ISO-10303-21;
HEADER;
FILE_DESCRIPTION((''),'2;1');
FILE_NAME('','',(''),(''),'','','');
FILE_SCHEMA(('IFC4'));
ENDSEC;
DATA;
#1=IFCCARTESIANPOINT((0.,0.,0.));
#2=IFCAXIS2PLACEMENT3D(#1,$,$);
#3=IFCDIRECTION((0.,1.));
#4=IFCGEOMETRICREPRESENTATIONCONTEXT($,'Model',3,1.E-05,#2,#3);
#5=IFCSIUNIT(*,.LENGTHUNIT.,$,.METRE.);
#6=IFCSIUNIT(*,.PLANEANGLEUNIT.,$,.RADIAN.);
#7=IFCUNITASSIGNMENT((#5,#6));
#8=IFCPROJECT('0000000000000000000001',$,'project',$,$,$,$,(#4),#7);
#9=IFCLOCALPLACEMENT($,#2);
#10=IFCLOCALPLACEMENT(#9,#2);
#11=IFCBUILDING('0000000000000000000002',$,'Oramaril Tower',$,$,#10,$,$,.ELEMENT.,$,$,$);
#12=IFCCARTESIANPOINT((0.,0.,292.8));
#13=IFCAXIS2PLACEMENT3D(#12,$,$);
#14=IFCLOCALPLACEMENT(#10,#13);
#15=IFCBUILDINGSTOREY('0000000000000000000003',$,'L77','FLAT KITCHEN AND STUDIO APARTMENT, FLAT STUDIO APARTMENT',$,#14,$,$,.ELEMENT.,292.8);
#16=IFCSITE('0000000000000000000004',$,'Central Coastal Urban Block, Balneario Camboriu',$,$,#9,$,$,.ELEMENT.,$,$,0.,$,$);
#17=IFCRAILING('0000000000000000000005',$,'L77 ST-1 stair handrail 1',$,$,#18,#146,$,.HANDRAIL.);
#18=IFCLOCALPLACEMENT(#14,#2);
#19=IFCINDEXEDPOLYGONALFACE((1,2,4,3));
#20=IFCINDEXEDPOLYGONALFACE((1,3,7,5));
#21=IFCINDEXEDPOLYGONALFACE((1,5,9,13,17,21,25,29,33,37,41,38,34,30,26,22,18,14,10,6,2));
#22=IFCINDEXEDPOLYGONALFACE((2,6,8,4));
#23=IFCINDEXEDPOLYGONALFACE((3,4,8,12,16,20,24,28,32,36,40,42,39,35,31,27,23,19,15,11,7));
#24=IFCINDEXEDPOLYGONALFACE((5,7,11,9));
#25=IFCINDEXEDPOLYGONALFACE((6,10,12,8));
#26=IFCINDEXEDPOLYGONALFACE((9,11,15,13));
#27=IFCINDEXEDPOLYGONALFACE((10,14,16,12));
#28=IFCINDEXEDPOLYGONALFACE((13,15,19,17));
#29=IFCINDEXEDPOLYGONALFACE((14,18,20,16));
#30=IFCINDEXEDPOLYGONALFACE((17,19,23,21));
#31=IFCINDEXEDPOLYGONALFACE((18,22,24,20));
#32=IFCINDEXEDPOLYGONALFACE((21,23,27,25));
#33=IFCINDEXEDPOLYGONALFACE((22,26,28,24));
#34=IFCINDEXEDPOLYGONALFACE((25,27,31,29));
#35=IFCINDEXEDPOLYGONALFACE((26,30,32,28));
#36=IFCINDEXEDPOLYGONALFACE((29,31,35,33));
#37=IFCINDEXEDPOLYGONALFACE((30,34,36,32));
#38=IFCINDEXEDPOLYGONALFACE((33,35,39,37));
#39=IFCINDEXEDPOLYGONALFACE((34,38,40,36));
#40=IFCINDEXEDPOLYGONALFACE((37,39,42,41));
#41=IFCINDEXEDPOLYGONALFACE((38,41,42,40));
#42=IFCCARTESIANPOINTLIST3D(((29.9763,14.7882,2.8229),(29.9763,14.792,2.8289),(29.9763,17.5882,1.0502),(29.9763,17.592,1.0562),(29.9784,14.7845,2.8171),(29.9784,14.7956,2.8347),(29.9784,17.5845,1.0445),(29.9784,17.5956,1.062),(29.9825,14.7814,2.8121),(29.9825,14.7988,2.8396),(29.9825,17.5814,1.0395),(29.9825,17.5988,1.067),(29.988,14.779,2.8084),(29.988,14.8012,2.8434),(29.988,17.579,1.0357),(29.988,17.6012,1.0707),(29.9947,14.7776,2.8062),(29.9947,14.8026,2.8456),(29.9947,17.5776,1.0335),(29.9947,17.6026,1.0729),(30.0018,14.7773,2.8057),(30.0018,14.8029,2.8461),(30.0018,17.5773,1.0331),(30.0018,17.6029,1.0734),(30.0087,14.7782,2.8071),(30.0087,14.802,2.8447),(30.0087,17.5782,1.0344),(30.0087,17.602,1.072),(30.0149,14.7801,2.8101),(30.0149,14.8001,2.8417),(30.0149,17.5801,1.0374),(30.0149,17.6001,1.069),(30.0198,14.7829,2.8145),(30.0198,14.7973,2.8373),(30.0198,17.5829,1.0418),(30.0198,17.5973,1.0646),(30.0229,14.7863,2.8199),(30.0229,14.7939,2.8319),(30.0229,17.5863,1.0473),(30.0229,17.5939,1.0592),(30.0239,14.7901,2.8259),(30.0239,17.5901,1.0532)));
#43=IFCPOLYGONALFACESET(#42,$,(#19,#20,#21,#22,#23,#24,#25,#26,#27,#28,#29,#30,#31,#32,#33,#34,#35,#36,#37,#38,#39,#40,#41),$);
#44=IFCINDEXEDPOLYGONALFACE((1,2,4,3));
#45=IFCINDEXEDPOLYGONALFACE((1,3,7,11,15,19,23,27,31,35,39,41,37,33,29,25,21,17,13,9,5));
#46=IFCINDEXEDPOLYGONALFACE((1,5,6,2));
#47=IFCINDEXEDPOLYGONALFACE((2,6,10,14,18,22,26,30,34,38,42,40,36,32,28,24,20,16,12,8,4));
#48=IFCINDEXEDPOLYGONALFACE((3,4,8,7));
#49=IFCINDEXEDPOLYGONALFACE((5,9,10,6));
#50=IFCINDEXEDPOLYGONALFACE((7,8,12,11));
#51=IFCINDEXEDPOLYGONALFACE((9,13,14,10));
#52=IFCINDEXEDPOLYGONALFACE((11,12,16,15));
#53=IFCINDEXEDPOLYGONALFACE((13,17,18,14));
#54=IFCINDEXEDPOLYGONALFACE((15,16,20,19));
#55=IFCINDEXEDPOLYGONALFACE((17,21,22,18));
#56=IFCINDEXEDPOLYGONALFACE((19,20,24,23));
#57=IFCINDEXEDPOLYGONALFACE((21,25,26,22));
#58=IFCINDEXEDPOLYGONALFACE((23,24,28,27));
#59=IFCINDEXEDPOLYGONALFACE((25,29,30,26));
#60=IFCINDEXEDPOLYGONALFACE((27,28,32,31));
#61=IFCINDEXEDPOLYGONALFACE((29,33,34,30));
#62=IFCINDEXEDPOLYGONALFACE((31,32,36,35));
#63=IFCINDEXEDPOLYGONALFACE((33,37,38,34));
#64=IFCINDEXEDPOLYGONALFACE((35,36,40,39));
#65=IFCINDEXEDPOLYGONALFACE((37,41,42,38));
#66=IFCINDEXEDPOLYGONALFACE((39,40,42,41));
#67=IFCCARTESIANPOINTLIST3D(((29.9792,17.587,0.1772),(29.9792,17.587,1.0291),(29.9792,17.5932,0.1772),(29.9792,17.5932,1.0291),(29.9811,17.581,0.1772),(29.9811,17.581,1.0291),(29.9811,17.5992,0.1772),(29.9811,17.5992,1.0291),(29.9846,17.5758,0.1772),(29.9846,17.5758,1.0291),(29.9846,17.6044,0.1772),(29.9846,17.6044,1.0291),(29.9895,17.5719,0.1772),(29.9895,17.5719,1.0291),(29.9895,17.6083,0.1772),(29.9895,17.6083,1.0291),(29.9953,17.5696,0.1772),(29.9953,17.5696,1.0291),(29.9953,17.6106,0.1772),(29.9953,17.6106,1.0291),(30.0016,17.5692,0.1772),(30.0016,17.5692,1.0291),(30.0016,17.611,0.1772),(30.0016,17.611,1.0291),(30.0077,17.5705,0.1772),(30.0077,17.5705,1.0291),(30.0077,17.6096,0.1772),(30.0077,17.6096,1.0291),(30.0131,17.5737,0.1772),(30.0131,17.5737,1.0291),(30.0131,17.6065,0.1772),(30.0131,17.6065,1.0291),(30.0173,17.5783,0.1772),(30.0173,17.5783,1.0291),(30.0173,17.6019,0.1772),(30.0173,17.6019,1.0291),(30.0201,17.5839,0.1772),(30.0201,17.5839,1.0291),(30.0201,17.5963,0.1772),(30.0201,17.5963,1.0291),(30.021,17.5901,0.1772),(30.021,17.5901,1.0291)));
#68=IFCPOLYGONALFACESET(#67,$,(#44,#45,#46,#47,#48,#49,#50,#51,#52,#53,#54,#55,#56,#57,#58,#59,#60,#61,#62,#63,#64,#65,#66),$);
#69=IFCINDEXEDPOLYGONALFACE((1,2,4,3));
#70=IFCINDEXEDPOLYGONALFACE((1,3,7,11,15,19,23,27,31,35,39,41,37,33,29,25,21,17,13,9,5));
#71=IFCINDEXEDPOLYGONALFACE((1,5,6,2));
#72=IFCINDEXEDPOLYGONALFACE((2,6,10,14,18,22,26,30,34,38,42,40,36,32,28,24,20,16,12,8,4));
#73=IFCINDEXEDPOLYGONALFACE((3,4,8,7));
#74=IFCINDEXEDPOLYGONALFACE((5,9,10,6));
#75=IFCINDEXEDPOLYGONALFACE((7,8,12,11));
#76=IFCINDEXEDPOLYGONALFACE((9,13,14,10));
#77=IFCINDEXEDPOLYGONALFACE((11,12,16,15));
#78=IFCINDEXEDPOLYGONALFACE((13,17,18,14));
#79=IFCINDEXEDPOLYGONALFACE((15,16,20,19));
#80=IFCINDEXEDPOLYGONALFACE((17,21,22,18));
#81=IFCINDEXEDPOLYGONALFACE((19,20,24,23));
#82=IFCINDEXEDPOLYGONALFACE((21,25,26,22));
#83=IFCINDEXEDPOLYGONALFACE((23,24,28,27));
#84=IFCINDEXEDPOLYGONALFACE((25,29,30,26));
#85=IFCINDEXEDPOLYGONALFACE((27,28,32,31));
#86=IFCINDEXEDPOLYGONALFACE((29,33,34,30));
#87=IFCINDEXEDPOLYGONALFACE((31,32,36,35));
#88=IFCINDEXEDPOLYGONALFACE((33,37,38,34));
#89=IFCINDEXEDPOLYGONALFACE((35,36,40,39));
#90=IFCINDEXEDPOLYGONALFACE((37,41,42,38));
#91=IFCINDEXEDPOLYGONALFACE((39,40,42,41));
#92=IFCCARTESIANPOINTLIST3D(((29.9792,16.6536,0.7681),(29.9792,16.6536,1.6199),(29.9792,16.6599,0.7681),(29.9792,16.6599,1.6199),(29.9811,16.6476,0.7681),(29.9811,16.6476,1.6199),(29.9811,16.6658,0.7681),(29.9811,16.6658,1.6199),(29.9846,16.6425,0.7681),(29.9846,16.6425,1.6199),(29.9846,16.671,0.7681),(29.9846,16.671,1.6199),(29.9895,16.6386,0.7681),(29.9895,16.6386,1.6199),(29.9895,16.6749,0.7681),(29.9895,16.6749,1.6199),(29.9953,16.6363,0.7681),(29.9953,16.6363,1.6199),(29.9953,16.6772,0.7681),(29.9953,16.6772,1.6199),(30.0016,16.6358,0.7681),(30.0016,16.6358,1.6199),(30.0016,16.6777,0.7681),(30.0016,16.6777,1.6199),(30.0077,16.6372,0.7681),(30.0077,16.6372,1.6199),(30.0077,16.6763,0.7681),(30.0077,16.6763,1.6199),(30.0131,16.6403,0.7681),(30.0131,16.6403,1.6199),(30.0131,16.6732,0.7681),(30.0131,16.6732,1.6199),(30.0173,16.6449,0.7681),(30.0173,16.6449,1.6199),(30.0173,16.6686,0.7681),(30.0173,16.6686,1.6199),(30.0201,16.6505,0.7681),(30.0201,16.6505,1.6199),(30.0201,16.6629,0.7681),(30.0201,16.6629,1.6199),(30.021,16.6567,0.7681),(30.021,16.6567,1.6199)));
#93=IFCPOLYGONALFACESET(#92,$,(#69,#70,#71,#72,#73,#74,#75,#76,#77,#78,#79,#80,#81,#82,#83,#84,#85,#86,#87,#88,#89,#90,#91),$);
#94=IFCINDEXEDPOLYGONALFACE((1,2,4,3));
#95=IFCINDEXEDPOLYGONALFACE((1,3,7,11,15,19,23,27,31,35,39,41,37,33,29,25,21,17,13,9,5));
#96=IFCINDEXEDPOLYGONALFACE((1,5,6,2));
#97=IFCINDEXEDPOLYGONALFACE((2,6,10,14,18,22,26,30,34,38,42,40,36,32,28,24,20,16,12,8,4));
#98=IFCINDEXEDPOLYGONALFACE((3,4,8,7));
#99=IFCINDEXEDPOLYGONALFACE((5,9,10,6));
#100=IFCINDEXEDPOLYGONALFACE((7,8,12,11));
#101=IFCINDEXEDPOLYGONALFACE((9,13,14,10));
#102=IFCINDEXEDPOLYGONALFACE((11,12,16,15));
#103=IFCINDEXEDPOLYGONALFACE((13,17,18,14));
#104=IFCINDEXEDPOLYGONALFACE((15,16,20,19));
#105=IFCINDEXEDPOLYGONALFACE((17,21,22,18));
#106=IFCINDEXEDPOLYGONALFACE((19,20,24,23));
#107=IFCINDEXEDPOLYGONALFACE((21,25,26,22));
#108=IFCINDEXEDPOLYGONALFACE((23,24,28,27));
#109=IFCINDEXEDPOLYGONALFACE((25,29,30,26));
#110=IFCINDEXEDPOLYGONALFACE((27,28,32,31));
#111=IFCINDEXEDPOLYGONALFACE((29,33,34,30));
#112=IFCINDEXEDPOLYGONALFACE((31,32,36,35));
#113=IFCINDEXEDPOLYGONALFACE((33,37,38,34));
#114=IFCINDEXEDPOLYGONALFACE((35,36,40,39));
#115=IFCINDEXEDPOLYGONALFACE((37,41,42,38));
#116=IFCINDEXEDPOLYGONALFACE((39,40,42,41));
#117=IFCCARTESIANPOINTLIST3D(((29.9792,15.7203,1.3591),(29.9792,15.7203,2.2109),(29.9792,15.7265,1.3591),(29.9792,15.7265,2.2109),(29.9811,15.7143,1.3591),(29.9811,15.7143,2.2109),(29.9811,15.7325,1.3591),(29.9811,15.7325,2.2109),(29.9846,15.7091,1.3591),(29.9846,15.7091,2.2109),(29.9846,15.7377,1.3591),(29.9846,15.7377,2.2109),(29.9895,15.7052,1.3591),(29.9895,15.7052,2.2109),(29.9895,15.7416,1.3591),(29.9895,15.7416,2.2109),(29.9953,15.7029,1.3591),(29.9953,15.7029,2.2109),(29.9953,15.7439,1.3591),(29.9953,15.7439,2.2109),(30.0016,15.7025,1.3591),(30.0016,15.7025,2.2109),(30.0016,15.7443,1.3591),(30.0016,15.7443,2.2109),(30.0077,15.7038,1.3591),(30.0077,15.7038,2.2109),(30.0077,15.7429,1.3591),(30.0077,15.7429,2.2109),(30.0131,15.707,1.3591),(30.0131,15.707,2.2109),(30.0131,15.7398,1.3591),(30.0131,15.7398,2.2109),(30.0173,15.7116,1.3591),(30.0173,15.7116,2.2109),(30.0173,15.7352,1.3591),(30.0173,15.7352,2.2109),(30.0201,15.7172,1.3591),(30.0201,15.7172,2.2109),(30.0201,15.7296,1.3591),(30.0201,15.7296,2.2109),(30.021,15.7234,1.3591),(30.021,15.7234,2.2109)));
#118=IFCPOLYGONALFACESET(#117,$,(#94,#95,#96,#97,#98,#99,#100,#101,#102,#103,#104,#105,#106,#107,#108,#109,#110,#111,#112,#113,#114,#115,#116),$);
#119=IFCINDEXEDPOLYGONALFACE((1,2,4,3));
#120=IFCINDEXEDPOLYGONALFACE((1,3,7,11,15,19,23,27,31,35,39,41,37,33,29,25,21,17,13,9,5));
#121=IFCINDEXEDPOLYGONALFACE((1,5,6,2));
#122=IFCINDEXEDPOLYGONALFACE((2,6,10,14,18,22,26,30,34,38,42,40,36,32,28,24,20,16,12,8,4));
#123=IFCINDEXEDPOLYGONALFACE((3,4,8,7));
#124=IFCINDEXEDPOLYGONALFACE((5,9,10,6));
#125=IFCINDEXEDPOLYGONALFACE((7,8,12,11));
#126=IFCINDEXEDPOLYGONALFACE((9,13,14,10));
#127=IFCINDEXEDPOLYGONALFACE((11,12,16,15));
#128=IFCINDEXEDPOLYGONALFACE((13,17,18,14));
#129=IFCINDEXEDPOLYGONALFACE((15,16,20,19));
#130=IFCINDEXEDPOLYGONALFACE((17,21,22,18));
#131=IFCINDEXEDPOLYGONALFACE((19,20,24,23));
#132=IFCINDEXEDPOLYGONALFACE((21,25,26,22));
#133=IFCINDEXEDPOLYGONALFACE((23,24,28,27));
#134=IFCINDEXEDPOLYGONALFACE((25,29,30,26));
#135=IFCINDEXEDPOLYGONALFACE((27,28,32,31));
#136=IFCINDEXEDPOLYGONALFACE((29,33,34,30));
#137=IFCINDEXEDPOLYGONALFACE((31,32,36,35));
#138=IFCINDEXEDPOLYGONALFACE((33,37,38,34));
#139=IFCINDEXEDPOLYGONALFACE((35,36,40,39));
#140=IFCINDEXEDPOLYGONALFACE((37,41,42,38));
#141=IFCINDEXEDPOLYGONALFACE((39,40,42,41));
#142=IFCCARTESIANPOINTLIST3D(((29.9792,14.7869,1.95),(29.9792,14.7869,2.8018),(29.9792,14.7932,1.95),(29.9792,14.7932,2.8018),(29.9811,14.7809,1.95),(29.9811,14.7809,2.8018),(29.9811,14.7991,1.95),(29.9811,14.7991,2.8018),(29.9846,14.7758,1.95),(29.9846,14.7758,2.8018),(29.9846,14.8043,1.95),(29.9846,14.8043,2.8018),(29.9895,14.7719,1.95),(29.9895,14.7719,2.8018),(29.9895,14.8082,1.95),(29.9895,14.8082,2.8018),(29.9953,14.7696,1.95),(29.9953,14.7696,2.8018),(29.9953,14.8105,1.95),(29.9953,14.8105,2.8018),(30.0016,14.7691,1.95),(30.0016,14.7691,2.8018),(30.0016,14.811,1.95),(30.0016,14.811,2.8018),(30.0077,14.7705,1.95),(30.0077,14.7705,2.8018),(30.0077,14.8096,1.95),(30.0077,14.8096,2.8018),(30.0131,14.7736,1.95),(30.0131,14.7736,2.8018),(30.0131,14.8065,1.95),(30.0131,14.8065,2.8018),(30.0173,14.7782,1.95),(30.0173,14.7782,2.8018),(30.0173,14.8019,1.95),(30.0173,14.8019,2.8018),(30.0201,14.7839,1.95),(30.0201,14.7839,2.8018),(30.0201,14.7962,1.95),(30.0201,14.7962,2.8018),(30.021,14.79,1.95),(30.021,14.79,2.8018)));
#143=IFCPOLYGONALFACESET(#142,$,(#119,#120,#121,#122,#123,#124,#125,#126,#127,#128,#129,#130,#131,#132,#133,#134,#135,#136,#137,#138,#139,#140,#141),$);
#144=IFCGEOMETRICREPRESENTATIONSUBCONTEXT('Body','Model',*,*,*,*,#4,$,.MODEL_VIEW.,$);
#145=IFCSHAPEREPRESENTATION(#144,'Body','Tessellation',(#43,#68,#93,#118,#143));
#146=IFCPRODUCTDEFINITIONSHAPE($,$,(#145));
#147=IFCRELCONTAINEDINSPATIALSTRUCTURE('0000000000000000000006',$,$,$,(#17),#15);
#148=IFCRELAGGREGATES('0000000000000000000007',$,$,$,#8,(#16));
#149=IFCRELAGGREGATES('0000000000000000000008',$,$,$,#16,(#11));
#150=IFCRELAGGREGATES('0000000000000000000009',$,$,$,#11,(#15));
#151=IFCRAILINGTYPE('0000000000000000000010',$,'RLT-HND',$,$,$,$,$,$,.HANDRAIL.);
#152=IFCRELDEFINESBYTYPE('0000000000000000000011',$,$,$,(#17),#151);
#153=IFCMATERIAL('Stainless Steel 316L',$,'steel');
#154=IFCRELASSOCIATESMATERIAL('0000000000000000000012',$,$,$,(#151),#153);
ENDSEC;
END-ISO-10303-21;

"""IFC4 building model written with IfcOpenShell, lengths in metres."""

from ifc_helpers import new_model, si_unit, direction, frame, origin, origin_2d, place, context, subcontext, project, spatial, circle, extrude, material, type_object, element, save


model = new_model("IFC4")

# Units and contexts
model_context = context("Model", 3, precision=1e-05, world=origin(), true_north=direction((0.0, 1.0)))
body_context = subcontext(model_context, "Body", "Model", "MODEL_VIEW")
ifc_project = project(units=[si_unit("LENGTHUNIT", "METRE"), si_unit("PLANEANGLEUNIT", "RADIAN")], contexts=[model_context])

# Site, building, storey
site_placement = place(None, origin())
site = spatial("IfcSite", under=ifc_project, at=site_placement, Name="Central Coastal Urban Block, Balneario Camboriu", CompositionType="ELEMENT", RefElevation=0.0)
building_placement = place(site_placement, origin())
building = spatial("IfcBuilding", under=site, at=building_placement, Name="Oramaril Tower", CompositionType="ELEMENT")
storey_placement = place(building_placement, frame((0.0, 0.0, 292.8)))
storey = spatial("IfcBuildingStorey", under=building, at=storey_placement, Name="L77", Description="FLAT KITCHEN AND STUDIO APARTMENT, FLAT STUDIO APARTMENT", CompositionType="ELEMENT", Elevation=292.8)

# Railing
ifc_material_1 = material(Name="Stainless Steel 316L", Category="steel")
railing_type_1 = type_object("IfcRailingType", Name="RLT-HND", PredefinedType="HANDRAIL", material=ifc_material_1)
railing_1_placement = place(storey_placement, frame((30.0, 17.5901, 0.1772)))
element("IfcRailing", 1, at=railing_1_placement, inside=storey, type_object=railing_type_1, Name="L77 ST-1 stair handrail 1", PredefinedType="HANDRAIL", context=body_context, shape_type="SweptSolid", body=[
    extrude(circle(Radius=0.0239, at=origin_2d()), frame((0.0, 0.0, 0.876), z_axis=(0.0, -0.844909, 0.53491), x_axis=(1.0, 0.0, 0.0)), (0.0, 0.0, 1.0), 3.314),
    extrude(circle(Radius=0.021, at=origin_2d()), origin(), (0.0, 0.0, 1.0), 0.8518),
    extrude(circle(Radius=0.021, at=origin_2d()), frame((0.0, -0.9333, 0.5908)), (0.0, 0.0, 1.0), 0.8518),
    extrude(circle(Radius=0.021, at=origin_2d()), frame((0.0, -1.8667, 1.1819)), (0.0, 0.0, 1.0), 0.8518),
    extrude(circle(Radius=0.021, at=origin_2d()), frame((0.0, -2.8, 1.7727)), (0.0, 0.0, 1.0), 0.8518),
])

save(model, "model.ifc")
